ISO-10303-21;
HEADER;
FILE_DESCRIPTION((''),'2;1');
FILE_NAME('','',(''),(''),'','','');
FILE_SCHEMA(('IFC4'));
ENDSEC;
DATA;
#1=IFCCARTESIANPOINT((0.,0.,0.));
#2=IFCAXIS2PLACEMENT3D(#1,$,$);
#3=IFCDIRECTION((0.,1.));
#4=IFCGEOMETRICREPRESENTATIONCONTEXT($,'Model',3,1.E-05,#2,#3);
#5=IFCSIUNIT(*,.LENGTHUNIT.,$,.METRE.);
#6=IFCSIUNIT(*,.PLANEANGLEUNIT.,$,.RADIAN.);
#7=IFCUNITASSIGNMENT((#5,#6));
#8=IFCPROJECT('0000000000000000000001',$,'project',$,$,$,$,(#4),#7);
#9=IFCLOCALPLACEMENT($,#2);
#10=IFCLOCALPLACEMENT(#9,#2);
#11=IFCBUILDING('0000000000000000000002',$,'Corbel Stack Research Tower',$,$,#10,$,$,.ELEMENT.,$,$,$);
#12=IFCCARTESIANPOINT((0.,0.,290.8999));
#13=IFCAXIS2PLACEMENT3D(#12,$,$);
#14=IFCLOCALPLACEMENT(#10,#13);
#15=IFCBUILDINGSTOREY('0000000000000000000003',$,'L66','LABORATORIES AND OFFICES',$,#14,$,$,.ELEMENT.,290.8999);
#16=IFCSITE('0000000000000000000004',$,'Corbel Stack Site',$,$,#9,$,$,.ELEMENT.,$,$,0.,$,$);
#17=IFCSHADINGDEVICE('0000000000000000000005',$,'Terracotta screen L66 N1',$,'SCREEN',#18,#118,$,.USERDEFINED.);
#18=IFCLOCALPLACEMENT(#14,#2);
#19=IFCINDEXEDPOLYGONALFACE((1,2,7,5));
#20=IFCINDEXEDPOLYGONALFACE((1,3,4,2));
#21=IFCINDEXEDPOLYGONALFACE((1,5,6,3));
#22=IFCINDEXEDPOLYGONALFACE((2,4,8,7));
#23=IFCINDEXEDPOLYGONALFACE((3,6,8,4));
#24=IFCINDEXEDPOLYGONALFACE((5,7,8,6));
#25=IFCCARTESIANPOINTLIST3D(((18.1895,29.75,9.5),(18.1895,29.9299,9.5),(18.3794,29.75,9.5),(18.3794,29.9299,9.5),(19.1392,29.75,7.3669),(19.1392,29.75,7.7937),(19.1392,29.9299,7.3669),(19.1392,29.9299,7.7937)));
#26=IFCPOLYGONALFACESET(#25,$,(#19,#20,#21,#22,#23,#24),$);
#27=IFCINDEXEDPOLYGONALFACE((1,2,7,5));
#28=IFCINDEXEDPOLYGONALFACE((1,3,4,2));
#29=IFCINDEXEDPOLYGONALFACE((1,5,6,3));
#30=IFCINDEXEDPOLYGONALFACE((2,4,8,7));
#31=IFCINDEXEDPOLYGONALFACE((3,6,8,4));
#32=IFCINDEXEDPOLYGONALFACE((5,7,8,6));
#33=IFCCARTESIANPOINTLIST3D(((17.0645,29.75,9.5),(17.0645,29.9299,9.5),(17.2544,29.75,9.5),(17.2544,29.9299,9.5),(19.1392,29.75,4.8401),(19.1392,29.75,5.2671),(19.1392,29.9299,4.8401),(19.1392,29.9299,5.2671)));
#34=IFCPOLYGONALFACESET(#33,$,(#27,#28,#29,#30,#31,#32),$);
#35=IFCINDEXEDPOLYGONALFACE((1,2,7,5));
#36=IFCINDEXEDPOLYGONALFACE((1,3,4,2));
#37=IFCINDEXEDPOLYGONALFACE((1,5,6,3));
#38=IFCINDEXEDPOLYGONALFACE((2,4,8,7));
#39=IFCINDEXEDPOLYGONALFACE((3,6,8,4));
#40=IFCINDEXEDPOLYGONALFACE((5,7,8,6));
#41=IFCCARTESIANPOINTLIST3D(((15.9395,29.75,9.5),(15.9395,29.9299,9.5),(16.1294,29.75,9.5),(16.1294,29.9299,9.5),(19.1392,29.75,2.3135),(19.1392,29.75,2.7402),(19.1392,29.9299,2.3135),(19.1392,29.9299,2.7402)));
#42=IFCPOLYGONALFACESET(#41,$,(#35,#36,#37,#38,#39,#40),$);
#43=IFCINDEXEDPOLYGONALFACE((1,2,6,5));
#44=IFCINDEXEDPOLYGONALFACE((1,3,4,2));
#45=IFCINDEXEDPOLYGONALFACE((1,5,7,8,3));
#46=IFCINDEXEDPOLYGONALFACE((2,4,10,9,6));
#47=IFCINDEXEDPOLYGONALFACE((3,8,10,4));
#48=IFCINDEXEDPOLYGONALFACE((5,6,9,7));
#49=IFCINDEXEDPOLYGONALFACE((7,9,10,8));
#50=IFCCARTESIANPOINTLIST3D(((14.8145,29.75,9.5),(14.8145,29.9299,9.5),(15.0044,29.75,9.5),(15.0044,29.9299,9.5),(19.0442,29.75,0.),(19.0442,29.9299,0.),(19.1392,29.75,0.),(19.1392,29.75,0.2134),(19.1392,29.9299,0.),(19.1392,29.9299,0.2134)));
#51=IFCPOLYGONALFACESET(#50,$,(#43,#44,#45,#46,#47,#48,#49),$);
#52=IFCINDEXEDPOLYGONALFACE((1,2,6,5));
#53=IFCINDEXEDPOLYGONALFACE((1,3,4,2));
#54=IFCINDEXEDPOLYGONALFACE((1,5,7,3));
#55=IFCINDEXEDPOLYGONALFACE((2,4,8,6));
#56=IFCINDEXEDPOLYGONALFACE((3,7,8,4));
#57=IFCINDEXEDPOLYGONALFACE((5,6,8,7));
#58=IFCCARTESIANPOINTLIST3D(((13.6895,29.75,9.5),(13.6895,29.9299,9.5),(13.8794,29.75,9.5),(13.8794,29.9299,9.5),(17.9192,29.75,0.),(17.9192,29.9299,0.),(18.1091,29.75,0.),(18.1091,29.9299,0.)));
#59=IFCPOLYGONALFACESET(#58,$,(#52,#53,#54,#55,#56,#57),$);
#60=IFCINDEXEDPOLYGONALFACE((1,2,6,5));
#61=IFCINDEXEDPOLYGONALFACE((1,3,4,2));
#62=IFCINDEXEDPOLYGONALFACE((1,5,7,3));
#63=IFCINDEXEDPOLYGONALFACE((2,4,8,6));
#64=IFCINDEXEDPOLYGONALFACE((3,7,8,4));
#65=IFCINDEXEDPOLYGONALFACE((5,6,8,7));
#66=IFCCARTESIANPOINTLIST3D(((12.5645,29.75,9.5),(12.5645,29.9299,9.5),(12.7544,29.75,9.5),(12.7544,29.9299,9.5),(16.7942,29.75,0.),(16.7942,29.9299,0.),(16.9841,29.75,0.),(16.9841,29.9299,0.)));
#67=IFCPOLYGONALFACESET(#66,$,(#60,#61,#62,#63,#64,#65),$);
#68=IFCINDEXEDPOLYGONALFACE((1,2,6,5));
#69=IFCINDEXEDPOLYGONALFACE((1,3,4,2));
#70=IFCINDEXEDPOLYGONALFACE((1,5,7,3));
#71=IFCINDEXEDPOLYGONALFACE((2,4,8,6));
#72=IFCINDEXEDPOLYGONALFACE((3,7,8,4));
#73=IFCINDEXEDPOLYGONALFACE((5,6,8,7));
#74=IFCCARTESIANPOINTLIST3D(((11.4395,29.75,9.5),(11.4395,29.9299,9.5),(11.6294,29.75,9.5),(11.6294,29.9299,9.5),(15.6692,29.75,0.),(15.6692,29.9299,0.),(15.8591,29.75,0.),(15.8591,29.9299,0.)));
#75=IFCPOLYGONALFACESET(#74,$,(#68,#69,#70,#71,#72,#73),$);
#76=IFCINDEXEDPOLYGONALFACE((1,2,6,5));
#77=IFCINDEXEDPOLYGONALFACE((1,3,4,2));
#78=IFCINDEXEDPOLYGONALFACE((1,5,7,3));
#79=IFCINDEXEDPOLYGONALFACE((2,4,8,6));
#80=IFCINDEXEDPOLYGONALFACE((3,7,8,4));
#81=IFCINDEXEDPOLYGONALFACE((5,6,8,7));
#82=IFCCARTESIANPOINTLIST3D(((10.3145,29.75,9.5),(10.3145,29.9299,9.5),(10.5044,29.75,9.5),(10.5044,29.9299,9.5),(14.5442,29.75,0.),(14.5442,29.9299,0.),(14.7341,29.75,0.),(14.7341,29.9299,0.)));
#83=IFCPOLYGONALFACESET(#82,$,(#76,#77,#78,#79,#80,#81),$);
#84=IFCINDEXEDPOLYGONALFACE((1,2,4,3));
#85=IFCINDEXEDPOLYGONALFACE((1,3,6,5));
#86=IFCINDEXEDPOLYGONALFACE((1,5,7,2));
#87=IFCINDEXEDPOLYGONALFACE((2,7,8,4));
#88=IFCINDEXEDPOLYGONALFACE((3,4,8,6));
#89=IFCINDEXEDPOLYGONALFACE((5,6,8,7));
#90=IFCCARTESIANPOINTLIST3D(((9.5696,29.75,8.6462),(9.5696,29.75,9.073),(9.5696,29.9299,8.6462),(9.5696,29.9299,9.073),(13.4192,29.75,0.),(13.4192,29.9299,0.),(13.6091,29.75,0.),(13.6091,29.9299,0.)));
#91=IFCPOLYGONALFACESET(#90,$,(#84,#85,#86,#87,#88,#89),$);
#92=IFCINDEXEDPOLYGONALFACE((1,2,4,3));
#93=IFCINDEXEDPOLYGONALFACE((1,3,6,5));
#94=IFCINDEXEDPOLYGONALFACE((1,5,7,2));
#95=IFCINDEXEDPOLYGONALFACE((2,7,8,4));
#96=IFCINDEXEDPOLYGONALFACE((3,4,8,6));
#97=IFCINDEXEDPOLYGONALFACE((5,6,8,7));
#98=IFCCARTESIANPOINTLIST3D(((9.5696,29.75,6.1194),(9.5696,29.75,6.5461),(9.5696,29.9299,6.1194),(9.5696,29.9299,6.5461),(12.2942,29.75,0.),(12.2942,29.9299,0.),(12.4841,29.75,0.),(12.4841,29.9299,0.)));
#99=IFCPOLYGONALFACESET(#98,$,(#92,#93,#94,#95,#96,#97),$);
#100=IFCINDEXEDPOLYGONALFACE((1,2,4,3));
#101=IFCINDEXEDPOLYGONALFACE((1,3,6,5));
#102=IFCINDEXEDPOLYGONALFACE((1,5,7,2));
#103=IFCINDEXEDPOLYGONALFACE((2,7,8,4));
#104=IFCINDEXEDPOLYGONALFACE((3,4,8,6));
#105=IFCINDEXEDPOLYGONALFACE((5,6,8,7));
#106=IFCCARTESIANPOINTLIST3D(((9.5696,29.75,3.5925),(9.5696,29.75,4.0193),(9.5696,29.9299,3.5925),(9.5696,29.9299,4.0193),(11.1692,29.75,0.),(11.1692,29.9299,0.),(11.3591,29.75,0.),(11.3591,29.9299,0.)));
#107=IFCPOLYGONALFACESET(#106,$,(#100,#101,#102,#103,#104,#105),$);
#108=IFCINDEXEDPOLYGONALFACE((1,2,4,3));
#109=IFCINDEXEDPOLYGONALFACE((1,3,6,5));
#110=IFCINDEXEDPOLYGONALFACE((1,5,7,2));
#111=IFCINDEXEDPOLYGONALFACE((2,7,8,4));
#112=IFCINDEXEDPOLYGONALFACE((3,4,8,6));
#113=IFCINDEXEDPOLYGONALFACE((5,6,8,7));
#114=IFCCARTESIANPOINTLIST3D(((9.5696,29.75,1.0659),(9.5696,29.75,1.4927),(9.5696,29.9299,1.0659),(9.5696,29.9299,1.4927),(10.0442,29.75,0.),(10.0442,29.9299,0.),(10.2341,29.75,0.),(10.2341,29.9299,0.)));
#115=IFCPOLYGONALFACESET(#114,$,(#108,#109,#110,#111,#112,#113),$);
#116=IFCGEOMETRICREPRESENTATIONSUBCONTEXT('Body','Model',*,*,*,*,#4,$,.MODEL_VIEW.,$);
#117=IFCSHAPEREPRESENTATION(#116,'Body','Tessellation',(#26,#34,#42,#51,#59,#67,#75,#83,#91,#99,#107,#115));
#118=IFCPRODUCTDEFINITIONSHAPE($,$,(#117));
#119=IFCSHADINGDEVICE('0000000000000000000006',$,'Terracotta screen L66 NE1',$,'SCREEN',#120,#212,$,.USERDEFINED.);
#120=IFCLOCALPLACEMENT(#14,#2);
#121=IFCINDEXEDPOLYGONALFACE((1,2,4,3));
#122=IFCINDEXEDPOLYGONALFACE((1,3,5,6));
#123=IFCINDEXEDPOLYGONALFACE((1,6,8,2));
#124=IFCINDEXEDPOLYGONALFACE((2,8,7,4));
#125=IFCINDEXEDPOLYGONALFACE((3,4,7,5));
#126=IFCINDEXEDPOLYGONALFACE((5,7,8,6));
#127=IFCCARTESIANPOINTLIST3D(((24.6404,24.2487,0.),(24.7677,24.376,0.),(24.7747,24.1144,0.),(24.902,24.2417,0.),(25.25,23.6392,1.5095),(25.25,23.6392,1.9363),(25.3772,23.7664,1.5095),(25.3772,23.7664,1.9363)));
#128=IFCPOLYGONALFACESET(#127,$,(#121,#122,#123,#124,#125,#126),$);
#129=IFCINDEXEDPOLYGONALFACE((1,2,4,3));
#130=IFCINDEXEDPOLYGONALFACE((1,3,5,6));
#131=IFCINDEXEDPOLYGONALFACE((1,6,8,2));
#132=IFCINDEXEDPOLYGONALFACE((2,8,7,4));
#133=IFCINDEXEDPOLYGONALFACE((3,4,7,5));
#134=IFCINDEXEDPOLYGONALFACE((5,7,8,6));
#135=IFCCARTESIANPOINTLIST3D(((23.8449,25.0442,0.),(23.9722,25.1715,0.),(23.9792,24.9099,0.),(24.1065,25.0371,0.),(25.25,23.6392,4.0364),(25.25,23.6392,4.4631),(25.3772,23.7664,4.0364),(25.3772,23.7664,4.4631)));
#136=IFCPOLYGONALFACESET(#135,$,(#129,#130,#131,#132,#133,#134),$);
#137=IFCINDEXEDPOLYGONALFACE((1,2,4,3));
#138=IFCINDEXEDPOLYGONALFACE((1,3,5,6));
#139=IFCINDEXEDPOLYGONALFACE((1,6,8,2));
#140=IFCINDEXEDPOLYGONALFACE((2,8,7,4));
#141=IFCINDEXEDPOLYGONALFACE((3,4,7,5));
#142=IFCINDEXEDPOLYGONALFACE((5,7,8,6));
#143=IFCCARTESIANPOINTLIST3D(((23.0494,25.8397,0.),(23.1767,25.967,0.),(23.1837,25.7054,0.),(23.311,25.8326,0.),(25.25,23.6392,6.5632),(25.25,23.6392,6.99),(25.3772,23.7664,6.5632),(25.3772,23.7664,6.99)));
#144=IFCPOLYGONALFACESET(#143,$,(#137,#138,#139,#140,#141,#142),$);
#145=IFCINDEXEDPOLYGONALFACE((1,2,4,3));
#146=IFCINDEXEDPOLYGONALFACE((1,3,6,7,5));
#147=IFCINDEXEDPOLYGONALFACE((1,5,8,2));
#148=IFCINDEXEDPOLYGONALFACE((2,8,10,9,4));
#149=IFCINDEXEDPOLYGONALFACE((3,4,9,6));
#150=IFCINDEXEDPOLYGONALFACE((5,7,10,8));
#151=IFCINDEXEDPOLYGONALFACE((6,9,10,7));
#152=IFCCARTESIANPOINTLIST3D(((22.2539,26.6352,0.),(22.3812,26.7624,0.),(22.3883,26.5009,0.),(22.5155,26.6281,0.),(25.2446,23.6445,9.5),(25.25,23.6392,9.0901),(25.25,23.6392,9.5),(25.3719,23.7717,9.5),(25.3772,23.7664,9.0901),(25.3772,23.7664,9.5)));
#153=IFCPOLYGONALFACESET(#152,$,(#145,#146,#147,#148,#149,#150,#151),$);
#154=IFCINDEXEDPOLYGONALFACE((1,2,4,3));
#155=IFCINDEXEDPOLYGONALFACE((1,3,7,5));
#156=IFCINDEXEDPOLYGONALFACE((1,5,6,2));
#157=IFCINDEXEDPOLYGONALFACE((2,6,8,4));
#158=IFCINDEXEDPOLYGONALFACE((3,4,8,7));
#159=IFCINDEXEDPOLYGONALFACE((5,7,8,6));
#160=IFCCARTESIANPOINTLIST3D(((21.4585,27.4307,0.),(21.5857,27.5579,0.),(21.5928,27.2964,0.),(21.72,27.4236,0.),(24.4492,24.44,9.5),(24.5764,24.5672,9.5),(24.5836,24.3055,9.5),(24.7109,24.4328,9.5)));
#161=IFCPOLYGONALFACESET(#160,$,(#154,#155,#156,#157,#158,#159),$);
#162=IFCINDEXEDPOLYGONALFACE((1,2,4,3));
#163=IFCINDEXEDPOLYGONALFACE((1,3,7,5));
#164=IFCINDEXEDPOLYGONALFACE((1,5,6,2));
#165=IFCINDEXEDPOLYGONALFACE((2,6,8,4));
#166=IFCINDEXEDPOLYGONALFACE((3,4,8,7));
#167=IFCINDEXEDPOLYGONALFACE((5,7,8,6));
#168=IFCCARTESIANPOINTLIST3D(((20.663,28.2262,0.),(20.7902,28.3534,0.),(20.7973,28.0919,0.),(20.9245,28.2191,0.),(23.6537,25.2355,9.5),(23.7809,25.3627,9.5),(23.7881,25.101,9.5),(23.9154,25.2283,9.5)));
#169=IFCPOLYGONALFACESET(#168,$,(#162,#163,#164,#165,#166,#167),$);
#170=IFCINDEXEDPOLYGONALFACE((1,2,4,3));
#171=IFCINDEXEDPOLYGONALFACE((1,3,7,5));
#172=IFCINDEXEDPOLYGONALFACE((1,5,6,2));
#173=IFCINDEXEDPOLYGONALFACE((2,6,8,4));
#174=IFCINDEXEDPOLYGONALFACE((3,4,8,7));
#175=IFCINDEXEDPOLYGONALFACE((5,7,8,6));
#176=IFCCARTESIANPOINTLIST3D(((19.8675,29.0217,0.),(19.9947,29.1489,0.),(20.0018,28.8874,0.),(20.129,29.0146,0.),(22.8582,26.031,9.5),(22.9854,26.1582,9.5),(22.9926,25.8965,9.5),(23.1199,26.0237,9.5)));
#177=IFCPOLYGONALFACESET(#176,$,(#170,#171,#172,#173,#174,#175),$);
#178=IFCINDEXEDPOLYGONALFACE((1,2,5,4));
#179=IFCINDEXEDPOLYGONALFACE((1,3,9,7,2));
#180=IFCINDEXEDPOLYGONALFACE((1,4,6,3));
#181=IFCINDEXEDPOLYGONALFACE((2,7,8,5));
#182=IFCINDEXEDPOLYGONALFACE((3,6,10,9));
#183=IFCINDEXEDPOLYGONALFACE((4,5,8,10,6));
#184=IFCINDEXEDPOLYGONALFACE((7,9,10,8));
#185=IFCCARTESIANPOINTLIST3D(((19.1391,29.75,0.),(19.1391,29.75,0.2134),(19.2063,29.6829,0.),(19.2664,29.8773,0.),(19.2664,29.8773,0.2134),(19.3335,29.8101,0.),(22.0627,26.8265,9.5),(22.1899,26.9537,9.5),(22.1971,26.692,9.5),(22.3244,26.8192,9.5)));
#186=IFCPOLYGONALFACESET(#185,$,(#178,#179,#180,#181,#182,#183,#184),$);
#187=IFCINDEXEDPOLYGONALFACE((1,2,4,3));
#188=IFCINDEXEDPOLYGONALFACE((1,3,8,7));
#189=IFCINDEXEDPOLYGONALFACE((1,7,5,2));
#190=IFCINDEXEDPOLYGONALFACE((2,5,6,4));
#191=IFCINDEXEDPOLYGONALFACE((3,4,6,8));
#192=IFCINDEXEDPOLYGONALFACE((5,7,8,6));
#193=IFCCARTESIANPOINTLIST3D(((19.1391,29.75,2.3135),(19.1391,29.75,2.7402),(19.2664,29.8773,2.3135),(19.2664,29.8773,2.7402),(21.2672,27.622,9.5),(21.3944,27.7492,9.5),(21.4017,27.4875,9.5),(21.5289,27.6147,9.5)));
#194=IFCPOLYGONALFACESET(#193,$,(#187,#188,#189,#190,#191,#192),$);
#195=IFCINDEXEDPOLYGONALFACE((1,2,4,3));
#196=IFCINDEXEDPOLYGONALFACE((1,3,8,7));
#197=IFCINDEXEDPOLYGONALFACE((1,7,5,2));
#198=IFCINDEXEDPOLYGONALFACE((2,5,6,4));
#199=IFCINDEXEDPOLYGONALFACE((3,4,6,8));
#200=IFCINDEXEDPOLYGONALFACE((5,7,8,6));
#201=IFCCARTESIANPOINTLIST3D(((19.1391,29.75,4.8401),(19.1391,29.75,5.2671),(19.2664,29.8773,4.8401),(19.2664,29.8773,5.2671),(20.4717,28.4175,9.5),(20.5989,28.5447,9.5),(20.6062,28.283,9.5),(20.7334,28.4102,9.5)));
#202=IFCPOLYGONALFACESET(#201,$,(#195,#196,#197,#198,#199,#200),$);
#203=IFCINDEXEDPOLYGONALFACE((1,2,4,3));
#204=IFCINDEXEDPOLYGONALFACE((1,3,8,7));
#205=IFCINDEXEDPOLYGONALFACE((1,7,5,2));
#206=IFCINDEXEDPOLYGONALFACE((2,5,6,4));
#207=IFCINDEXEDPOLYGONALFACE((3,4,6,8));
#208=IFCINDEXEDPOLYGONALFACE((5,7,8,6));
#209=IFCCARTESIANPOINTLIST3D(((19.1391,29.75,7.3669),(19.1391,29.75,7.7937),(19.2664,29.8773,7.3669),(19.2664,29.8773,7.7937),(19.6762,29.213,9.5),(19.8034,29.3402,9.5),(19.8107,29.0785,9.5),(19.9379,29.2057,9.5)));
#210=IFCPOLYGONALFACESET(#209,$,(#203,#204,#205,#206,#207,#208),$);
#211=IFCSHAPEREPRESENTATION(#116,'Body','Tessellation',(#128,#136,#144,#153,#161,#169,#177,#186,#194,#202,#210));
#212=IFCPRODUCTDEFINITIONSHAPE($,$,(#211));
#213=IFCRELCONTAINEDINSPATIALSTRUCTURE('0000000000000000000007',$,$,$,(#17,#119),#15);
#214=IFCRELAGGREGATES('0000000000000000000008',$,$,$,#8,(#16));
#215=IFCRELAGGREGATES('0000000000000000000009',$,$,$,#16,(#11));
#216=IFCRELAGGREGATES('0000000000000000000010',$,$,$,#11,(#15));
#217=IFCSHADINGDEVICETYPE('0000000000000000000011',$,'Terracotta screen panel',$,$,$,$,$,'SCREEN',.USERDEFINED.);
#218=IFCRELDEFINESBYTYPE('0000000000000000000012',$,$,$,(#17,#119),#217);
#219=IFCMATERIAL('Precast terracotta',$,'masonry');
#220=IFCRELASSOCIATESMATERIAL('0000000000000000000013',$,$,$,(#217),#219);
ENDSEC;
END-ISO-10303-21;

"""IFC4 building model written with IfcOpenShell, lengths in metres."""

from ifc_helpers import new_model, si_unit, direction, frame, origin, place, context, subcontext, project, spatial, polyline, outline, extrude, source, transform, mapped, material, type_object, element, save


model = new_model("IFC4")

# Units and contexts
model_context = context("Model", 3, precision=1e-05, world=origin(), true_north=direction((0.0, 1.0)))
body_context = subcontext(model_context, "Body", "Model", "MODEL_VIEW")
ifc_project = project(units=[si_unit("LENGTHUNIT", "METRE"), si_unit("PLANEANGLEUNIT", "RADIAN")], contexts=[model_context])

# Site, building, storey
site_placement = place(None, origin())
site = spatial("IfcSite", under=ifc_project, at=site_placement, Name="Corbel Stack Site", CompositionType="ELEMENT", RefElevation=0.0)
building_placement = place(site_placement, origin())
building = spatial("IfcBuilding", under=site, at=building_placement, Name="Corbel Stack Research Tower", CompositionType="ELEMENT")
storey_placement = place(building_placement, frame((0.0, 0.0, 290.8999)))
storey = spatial("IfcBuildingStorey", under=building, at=storey_placement, Name="L66", Description="LABORATORIES AND OFFICES", CompositionType="ELEMENT", Elevation=290.8999)

# Shading devices
ifc_material_1 = material(Name="Precast terracotta", Category="masonry")
shading_device_type = type_object("IfcShadingDeviceType", Name="Terracotta screen panel", ElementType="SCREEN", PredefinedType="USERDEFINED", material=ifc_material_1)
shared_shape_1 = source(origin(), body_context, "Body", "SweptSolid", [
    extrude(outline(polyline([(0.9497, 9.5), (0.7598, 9.5), (0.0, 7.7937), (0.0, 7.3669), (0.9497, 9.5)])), frame((0.0, 0.0, 0.0), z_axis=(0.0, -1.0, 0.0), x_axis=(1.0, 0.0, 0.0)), (0.0, 0.0, 1.0), 0.1799),
    extrude(outline(polyline([(2.0747, 9.5), (1.8848, 9.5), (0.0, 5.2671), (0.0, 4.8401), (2.0747, 9.5)])), frame((0.0, 0.0, 0.0), z_axis=(0.0, -1.0, 0.0), x_axis=(1.0, 0.0, 0.0)), (0.0, 0.0, 1.0), 0.1799),
    extrude(outline(polyline([(3.1997, 9.5), (3.0098, 9.5), (0.0, 2.7402), (0.0, 2.3135), (3.1997, 9.5)])), frame((0.0, 0.0, 0.0), z_axis=(0.0, -1.0, 0.0), x_axis=(1.0, 0.0, 0.0)), (0.0, 0.0, 1.0), 0.1799),
    extrude(outline(polyline([(0.095, 0.0), (4.3247, 9.5), (4.1348, 9.5), (0.0, 0.2134), (0.0, 0.0), (0.095, 0.0)])), frame((0.0, 0.0, 0.0), z_axis=(0.0, -1.0, 0.0), x_axis=(1.0, 0.0, 0.0)), (0.0, 0.0, 1.0), 0.1799),
    extrude(outline(polyline([(1.22, 0.0), (5.4497, 9.5), (5.2598, 9.5), (1.03, 0.0), (1.22, 0.0)])), frame((0.0, 0.0, 0.0), z_axis=(0.0, -1.0, 0.0), x_axis=(1.0, 0.0, 0.0)), (0.0, 0.0, 1.0), 0.1799),
    extrude(outline(polyline([(2.345, 0.0), (6.5747, 9.5), (6.3848, 9.5), (2.155, 0.0), (2.345, 0.0)])), frame((0.0, 0.0, 0.0), z_axis=(0.0, -1.0, 0.0), x_axis=(1.0, 0.0, 0.0)), (0.0, 0.0, 1.0), 0.1799),
    extrude(outline(polyline([(3.47, 0.0), (7.6997, 9.5), (7.5098, 9.5), (3.28, 0.0), (3.47, 0.0)])), frame((0.0, 0.0, 0.0), z_axis=(0.0, -1.0, 0.0), x_axis=(1.0, 0.0, 0.0)), (0.0, 0.0, 1.0), 0.1799),
    extrude(outline(polyline([(4.595, 0.0), (8.8247, 9.5), (8.6348, 9.5), (4.405, 0.0), (4.595, 0.0)])), frame((0.0, 0.0, 0.0), z_axis=(0.0, -1.0, 0.0), x_axis=(1.0, 0.0, 0.0)), (0.0, 0.0, 1.0), 0.1799),
    extrude(outline(polyline([(5.72, 0.0), (9.5696, 8.6462), (9.5696, 9.073), (5.53, 0.0), (5.72, 0.0)])), frame((0.0, 0.0, 0.0), z_axis=(0.0, -1.0, 0.0), x_axis=(1.0, 0.0, 0.0)), (0.0, 0.0, 1.0), 0.1799),
    extrude(outline(polyline([(6.845, 0.0), (9.5696, 6.1194), (9.5696, 6.5461), (6.655, 0.0), (6.845, 0.0)])), frame((0.0, 0.0, 0.0), z_axis=(0.0, -1.0, 0.0), x_axis=(1.0, 0.0, 0.0)), (0.0, 0.0, 1.0), 0.1799),
    extrude(outline(polyline([(7.97, 0.0), (9.5696, 3.5925), (9.5696, 4.0193), (7.78, 0.0), (7.97, 0.0)])), frame((0.0, 0.0, 0.0), z_axis=(0.0, -1.0, 0.0), x_axis=(1.0, 0.0, 0.0)), (0.0, 0.0, 1.0), 0.1799),
    extrude(outline(polyline([(9.095, 0.0), (9.5696, 1.0659), (9.5696, 1.4927), (8.905, 0.0), (9.095, 0.0)])), frame((0.0, 0.0, 0.0), z_axis=(0.0, -1.0, 0.0), x_axis=(1.0, 0.0, 0.0)), (0.0, 0.0, 1.0), 0.1799),
])
shading_device_1_placement = place(storey_placement, frame((19.1392, 29.75, 0.0), z_axis=(0.0, 0.0, 1.0), x_axis=(-1.0, 0.0, 0.0)))
element("IfcShadingDevice", 1, at=shading_device_1_placement, inside=storey, type_object=shading_device_type, Name="Terracotta screen L66 N1", ObjectType="SCREEN", PredefinedType="USERDEFINED", context=body_context, shape_type="MappedRepresentation", body=[
    mapped(shared_shape_1, transform((0.0, 0.0, 0.0))),
])
shared_shape_2 = source(origin(), body_context, "Body", "SweptSolid", [
    extrude(outline(polyline([(0.8621, 0.0), (0.0, 1.9363), (0.0, 1.5095), (0.6721, 0.0), (0.8621, 0.0)])), frame((0.0, 0.0, 0.0), z_axis=(0.0, -1.0, 0.0), x_axis=(1.0, 0.0, 0.0)), (0.0, 0.0, 1.0), 0.1799),
    extrude(outline(polyline([(1.9871, 0.0), (0.0, 4.4631), (0.0, 4.0364), (1.7971, 0.0), (1.9871, 0.0)])), frame((0.0, 0.0, 0.0), z_axis=(0.0, -1.0, 0.0), x_axis=(1.0, 0.0, 0.0)), (0.0, 0.0, 1.0), 0.1799),
    extrude(outline(polyline([(3.1121, 0.0), (0.0, 6.99), (0.0, 6.5632), (2.9221, 0.0), (3.1121, 0.0)])), frame((0.0, 0.0, 0.0), z_axis=(0.0, -1.0, 0.0), x_axis=(1.0, 0.0, 0.0)), (0.0, 0.0, 1.0), 0.1799),
    extrude(outline(polyline([(4.2371, 0.0), (0.0076, 9.5), (0.0, 9.5), (0.0, 9.0901), (4.0471, 0.0), (4.2371, 0.0)])), frame((0.0, 0.0, 0.0), z_axis=(0.0, -1.0, 0.0), x_axis=(1.0, 0.0, 0.0)), (0.0, 0.0, 1.0), 0.1799),
    extrude(outline(polyline([(5.3621, 0.0), (1.1326, 9.5), (0.9424, 9.5), (5.1721, 0.0), (5.3621, 0.0)])), frame((0.0, 0.0, 0.0), z_axis=(0.0, -1.0, 0.0), x_axis=(1.0, 0.0, 0.0)), (0.0, 0.0, 1.0), 0.1799),
    extrude(outline(polyline([(6.4871, 0.0), (2.2576, 9.5), (2.0674, 9.5), (6.2971, 0.0), (6.4871, 0.0)])), frame((0.0, 0.0, 0.0), z_axis=(0.0, -1.0, 0.0), x_axis=(1.0, 0.0, 0.0)), (0.0, 0.0, 1.0), 0.1799),
    extrude(outline(polyline([(7.6121, 0.0), (3.3826, 9.5), (3.1924, 9.5), (7.4221, 0.0), (7.6121, 0.0)])), frame((0.0, 0.0, 0.0), z_axis=(0.0, -1.0, 0.0), x_axis=(1.0, 0.0, 0.0)), (0.0, 0.0, 1.0), 0.1799),
    extrude(outline(polyline([(8.6421, 0.0), (8.6421, 0.2134), (4.5076, 9.5), (4.3174, 9.5), (8.5471, 0.0), (8.6421, 0.0)])), frame((0.0, 0.0, 0.0), z_axis=(0.0, -1.0, 0.0), x_axis=(1.0, 0.0, 0.0)), (0.0, 0.0, 1.0), 0.1799),
    extrude(outline(polyline([(5.6326, 9.5), (5.4424, 9.5), (8.6421, 2.3135), (8.6421, 2.7402), (5.6326, 9.5)])), frame((0.0, 0.0, 0.0), z_axis=(0.0, -1.0, 0.0), x_axis=(1.0, 0.0, 0.0)), (0.0, 0.0, 1.0), 0.1799),
    extrude(outline(polyline([(6.7576, 9.5), (6.5674, 9.5), (8.6421, 4.8401), (8.6421, 5.2671), (6.7576, 9.5)])), frame((0.0, 0.0, 0.0), z_axis=(0.0, -1.0, 0.0), x_axis=(1.0, 0.0, 0.0)), (0.0, 0.0, 1.0), 0.1799),
    extrude(outline(polyline([(7.8826, 9.5), (7.6924, 9.5), (8.6421, 7.3669), (8.6421, 7.7937), (7.8826, 9.5)])), frame((0.0, 0.0, 0.0), z_axis=(0.0, -1.0, 0.0), x_axis=(1.0, 0.0, 0.0)), (0.0, 0.0, 1.0), 0.1799),
])
shading_device_2_placement = place(storey_placement, frame((25.25, 23.6392, 0.0), z_axis=(0.0, 0.0, 1.0), x_axis=(-0.707107, 0.707107, 0.0)))
element("IfcShadingDevice", 2, at=shading_device_2_placement, inside=storey, type_object=shading_device_type, Name="Terracotta screen L66 NE1", ObjectType="SCREEN", PredefinedType="USERDEFINED", context=body_context, shape_type="MappedRepresentation", body=[
    mapped(shared_shape_2, transform((0.0, 0.0, 0.0))),
])

save(model, "model.ifc")
